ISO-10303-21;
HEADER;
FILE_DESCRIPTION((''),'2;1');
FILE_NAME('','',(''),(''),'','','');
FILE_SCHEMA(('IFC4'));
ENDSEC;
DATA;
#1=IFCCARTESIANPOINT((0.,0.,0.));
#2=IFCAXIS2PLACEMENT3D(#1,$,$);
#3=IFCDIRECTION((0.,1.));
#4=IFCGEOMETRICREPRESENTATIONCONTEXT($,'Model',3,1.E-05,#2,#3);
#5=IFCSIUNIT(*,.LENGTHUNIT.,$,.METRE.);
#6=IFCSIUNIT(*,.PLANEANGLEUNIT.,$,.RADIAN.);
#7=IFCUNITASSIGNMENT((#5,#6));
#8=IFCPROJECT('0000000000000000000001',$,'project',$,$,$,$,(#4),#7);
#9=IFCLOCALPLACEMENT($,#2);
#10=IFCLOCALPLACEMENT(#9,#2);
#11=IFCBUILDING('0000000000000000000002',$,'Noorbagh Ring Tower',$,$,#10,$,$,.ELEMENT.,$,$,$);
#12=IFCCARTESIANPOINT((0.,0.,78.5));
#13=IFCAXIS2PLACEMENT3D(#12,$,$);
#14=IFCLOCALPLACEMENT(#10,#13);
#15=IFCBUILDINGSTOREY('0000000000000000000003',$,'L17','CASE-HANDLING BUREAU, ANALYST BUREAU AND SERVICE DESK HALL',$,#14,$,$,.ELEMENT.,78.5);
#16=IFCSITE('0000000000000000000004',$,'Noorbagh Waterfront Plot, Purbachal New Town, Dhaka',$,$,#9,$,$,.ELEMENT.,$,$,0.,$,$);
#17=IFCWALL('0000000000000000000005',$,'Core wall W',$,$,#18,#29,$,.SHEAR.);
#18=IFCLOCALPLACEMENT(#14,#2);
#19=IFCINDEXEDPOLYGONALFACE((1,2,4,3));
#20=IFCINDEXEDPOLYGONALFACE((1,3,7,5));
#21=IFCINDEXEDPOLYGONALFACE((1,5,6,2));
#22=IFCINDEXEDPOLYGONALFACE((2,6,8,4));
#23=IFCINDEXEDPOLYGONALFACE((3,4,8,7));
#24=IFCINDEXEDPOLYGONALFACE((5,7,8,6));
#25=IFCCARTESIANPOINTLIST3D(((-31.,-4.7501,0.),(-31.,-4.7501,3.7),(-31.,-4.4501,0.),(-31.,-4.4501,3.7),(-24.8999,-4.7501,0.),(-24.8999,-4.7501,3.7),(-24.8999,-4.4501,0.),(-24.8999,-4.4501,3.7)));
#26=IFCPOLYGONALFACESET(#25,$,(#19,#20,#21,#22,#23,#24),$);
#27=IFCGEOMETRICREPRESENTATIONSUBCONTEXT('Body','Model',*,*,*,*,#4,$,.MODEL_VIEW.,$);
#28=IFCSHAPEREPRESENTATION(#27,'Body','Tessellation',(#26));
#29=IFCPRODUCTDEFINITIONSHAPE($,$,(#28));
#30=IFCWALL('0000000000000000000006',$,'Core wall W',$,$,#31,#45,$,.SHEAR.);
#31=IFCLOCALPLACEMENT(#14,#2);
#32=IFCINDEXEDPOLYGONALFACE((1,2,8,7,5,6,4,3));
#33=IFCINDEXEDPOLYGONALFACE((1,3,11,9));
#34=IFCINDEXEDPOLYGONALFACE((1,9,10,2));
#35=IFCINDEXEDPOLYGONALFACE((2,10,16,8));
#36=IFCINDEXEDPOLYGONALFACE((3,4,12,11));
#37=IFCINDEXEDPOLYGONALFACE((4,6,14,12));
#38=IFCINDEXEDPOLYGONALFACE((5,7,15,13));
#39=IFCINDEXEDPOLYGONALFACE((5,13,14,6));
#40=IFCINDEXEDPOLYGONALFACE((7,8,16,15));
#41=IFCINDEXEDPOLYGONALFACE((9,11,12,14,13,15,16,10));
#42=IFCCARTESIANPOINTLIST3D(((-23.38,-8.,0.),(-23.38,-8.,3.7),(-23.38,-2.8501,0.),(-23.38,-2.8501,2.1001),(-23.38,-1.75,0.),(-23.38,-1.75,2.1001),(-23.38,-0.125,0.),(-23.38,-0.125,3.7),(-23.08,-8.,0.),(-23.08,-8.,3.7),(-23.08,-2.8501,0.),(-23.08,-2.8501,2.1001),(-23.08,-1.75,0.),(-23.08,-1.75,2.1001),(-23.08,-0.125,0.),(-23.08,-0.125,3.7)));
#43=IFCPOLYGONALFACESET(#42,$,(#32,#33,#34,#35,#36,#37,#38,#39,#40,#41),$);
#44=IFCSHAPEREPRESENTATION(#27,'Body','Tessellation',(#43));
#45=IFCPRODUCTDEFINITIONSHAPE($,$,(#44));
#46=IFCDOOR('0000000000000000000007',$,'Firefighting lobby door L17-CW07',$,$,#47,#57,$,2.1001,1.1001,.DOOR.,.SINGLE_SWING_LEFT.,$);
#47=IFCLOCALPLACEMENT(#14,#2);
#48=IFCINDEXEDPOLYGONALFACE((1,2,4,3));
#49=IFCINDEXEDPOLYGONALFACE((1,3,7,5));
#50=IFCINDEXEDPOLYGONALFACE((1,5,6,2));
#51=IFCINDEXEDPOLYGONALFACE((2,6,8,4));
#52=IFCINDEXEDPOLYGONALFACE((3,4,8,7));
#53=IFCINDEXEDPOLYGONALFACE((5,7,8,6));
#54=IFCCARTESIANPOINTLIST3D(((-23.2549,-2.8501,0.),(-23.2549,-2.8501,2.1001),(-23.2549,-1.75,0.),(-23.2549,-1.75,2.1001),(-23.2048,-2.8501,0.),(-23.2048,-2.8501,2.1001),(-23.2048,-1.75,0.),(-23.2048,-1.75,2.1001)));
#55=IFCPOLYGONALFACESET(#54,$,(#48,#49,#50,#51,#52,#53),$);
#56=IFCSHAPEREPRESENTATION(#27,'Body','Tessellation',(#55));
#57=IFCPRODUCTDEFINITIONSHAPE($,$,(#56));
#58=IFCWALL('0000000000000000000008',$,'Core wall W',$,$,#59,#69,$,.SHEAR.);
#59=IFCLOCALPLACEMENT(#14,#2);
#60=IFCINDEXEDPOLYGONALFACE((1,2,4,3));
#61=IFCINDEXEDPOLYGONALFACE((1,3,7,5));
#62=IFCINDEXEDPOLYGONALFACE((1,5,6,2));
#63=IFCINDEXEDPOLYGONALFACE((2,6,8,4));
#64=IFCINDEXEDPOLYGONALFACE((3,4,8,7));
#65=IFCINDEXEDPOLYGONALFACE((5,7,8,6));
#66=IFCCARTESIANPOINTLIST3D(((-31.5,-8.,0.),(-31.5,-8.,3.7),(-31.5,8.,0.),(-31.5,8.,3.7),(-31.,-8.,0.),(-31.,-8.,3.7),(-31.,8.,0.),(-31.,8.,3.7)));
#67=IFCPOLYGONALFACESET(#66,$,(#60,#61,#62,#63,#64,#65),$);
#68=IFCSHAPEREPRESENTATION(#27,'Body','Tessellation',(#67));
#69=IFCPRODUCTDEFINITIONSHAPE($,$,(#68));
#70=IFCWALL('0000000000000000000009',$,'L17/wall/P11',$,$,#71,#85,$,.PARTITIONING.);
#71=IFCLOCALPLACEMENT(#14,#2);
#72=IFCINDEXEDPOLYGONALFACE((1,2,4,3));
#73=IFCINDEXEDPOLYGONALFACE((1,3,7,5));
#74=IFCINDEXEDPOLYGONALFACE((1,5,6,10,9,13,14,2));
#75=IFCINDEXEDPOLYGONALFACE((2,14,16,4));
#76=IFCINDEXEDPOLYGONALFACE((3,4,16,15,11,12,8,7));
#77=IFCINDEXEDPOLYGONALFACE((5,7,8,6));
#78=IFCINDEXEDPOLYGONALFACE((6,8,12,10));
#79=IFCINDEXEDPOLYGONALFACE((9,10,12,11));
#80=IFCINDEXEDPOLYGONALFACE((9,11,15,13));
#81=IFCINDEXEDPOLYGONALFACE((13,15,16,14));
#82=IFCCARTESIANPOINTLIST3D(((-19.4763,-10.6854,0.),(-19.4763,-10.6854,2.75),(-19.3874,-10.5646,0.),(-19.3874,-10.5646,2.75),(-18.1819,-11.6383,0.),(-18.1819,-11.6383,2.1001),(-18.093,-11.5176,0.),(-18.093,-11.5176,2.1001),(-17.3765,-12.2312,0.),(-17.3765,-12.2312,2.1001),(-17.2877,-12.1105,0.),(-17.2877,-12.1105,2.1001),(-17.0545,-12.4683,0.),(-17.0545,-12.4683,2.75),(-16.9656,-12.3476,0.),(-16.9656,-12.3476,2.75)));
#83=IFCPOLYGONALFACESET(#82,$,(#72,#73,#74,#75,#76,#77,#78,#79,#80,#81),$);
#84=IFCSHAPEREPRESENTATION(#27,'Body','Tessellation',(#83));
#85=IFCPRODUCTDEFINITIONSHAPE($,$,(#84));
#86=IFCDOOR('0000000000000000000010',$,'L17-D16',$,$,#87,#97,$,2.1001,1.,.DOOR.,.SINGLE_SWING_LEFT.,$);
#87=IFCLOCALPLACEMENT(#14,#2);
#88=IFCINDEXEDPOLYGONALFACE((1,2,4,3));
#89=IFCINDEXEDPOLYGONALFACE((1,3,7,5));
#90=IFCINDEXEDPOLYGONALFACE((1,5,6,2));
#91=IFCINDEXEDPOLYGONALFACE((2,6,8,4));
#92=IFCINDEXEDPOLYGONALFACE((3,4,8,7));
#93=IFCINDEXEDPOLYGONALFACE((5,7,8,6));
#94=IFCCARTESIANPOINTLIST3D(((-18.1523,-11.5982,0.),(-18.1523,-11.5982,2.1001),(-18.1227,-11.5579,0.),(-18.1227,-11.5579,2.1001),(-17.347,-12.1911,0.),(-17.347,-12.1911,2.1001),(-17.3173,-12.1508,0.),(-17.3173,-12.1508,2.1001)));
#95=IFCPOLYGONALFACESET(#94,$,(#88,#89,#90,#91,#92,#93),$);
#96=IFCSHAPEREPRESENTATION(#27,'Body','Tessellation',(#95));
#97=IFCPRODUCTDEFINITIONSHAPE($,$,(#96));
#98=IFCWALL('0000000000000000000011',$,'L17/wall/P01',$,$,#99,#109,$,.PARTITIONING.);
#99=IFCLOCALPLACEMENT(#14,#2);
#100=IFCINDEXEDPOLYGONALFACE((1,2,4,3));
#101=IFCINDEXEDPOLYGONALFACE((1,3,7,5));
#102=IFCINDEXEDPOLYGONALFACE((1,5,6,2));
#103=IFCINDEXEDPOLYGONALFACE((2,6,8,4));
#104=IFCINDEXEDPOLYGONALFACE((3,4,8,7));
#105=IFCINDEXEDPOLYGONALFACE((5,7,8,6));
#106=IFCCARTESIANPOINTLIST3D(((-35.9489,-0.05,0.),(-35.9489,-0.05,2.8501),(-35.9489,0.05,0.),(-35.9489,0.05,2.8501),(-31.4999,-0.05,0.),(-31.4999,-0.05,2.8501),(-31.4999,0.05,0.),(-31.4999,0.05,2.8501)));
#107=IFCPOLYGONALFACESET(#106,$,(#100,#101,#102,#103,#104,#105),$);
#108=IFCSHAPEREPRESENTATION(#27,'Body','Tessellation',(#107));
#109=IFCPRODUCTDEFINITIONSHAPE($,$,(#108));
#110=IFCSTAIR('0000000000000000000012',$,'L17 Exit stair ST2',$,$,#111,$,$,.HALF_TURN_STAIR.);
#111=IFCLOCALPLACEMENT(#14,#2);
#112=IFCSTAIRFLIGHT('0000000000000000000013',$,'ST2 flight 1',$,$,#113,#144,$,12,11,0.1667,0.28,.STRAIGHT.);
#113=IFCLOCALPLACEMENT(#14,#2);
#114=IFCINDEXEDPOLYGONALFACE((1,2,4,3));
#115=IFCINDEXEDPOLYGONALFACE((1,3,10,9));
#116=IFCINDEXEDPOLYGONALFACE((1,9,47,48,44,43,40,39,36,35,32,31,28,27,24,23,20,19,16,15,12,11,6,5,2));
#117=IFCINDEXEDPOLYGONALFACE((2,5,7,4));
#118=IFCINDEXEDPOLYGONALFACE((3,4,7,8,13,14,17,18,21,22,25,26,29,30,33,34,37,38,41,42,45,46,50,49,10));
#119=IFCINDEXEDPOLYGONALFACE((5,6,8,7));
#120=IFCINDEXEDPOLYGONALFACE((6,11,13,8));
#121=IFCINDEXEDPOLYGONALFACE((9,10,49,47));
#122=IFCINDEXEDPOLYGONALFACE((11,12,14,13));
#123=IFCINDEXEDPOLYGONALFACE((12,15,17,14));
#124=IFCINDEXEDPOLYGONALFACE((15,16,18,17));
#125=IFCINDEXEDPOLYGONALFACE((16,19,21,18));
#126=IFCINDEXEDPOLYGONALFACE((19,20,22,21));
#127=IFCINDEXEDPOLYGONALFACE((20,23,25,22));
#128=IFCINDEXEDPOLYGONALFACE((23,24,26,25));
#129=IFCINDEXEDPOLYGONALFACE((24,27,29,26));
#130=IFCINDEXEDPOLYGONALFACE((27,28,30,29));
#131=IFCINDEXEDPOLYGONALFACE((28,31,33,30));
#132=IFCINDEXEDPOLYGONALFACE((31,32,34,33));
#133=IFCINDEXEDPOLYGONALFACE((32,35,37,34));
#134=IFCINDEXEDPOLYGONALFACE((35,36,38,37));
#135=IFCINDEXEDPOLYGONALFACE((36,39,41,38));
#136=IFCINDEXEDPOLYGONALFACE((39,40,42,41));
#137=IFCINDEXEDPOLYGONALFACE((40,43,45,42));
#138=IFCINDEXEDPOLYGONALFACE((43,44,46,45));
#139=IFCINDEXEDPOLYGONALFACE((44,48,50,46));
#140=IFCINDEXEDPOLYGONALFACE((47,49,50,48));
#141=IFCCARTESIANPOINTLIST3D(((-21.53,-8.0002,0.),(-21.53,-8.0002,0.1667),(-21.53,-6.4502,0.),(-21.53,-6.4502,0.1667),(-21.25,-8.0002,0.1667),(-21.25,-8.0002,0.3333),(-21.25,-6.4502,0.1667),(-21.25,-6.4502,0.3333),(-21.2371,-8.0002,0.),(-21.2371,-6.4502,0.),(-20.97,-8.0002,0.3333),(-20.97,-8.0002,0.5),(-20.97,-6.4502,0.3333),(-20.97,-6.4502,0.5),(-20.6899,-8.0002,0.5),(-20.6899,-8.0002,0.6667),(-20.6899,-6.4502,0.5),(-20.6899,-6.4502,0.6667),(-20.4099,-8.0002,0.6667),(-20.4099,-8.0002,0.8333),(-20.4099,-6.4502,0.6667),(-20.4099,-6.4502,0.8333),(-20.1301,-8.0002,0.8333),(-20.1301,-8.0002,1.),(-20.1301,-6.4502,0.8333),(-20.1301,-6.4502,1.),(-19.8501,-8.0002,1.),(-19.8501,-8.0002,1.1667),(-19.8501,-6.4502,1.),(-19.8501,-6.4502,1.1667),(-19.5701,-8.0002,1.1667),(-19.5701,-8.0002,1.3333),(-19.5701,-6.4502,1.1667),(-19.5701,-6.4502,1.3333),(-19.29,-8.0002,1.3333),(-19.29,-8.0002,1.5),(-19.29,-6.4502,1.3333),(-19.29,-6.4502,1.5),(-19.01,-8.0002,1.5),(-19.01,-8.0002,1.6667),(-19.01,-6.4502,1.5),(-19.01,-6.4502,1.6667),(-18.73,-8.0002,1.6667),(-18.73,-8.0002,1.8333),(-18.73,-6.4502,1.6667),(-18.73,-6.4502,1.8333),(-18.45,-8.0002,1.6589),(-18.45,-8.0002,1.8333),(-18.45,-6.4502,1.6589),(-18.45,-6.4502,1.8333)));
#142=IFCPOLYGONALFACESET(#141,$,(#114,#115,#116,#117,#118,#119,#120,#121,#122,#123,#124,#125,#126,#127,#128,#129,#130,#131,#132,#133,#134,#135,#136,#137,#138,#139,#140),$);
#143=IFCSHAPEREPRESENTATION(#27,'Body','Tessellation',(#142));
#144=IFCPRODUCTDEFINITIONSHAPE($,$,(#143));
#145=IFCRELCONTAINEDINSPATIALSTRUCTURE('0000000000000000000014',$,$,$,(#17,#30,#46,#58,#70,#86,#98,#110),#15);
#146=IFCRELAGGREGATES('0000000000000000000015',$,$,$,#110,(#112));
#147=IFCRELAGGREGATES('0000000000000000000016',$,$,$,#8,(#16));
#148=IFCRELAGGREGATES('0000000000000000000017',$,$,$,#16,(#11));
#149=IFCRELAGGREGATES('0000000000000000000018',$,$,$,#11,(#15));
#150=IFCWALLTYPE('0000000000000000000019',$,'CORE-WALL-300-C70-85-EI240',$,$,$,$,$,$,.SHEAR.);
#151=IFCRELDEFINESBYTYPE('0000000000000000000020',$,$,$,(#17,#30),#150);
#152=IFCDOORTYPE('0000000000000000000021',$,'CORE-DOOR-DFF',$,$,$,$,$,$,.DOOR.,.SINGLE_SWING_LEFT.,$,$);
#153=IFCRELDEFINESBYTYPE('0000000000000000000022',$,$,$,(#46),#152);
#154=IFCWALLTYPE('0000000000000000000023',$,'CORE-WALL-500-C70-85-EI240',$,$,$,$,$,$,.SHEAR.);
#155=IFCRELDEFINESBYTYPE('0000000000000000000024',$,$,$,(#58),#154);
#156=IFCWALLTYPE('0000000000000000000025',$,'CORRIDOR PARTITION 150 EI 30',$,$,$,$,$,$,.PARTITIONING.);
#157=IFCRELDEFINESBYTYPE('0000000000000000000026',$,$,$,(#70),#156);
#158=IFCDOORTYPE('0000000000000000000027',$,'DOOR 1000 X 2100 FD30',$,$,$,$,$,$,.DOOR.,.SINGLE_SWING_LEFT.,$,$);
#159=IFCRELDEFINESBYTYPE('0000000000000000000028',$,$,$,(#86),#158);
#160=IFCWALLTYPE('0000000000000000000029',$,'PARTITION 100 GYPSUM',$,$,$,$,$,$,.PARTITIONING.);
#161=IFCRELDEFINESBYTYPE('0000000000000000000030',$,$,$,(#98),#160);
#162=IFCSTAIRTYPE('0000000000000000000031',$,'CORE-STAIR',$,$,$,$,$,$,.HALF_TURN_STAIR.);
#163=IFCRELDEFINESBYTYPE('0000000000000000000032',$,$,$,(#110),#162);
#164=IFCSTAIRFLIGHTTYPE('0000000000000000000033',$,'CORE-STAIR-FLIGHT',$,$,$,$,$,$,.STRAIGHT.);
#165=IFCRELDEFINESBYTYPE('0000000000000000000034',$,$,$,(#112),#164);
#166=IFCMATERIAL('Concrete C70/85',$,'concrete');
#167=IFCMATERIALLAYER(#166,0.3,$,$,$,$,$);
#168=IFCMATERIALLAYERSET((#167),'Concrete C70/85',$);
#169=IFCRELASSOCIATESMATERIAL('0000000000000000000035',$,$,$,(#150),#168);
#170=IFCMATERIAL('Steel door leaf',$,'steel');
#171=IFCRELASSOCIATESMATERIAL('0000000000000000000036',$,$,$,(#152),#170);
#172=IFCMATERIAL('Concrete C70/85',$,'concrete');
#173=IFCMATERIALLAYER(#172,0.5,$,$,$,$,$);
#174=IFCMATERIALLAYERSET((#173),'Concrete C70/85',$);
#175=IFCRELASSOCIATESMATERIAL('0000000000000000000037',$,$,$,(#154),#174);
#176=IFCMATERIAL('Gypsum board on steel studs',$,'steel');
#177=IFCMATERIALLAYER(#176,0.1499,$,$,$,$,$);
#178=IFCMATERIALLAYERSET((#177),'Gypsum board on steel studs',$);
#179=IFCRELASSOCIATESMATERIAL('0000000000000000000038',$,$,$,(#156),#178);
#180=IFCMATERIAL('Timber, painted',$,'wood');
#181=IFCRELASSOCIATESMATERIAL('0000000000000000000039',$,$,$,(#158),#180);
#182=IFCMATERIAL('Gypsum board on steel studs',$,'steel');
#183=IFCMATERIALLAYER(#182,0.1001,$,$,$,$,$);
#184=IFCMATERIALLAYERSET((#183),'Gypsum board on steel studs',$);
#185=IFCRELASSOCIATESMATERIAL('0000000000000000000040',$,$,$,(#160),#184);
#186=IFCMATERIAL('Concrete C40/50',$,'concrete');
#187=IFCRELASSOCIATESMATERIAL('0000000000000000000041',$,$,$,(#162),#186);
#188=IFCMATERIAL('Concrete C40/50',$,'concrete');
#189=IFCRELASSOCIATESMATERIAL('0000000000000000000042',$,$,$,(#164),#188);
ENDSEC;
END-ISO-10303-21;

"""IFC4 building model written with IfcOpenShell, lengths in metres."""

from ifc_helpers import new_model, si_unit, direction, frame, frame_2d, origin, place, context, subcontext, project, spatial, polyline, rectangle, outline, extrude, material, layer, layer_set, type_object, element, fill, aggregate, save


model = new_model("IFC4")

# Units and contexts
model_context = context("Model", 3, precision=1e-05, world=origin(), true_north=direction((0.0, 1.0)))
body_context = subcontext(model_context, "Body", "Model", "MODEL_VIEW")
ifc_project = project(units=[si_unit("LENGTHUNIT", "METRE"), si_unit("PLANEANGLEUNIT", "RADIAN")], contexts=[model_context])

# Site, building, storey
site_placement = place(None, origin())
site = spatial("IfcSite", under=ifc_project, at=site_placement, Name="Noorbagh Waterfront Plot, Purbachal New Town, Dhaka", CompositionType="ELEMENT", RefElevation=0.0)
building_placement = place(site_placement, origin())
building = spatial("IfcBuilding", under=site, at=building_placement, Name="Noorbagh Ring Tower", CompositionType="ELEMENT")
storey_placement = place(building_placement, frame((0.0, 0.0, 78.5)))
storey = spatial("IfcBuildingStorey", under=building, at=storey_placement, Name="L17", Description="CASE-HANDLING BUREAU, ANALYST BUREAU AND SERVICE DESK HALL", CompositionType="ELEMENT", Elevation=78.5)

# Wall
ifc_material_1 = material(Name="Concrete C70/85", Category="concrete")
ifc_layer_1 = layer(ifc_material_1, 0.3)
ifc_layer_set_1 = layer_set([ifc_layer_1], Name="Concrete C70/85")
wall_type_1 = type_object("IfcWallType", Name="CORE-WALL-300-C70-85-EI240", PredefinedType="SHEAR", material=ifc_layer_set_1)
wall_1_placement = place(storey_placement, frame((-24.8999, -4.6001, 0.0), z_axis=(0.0, 0.0, 1.0), x_axis=(-1.0, 0.0, 0.0)))
element("IfcWall", 1, at=wall_1_placement, inside=storey, type_object=wall_type_1, Name="Core wall W", PredefinedType="SHEAR", context=body_context, shape_type="SweptSolid", body=[
    extrude(rectangle(XDim=6.1001, YDim=0.3, at=frame_2d((3.05, 0.0))), origin(), (0.0, 0.0, 1.0), 3.7),
])

# Wall, opening, door
wall_2_placement = place(storey_placement, frame((-23.23, -8.0, 0.0), z_axis=(0.0, 0.0, 1.0), x_axis=(0.0, 1.0, 0.0)))
wall_2 = element("IfcWall", 2, at=wall_2_placement, inside=storey, type_object=wall_type_1, Name="Core wall W", PredefinedType="SHEAR", context=body_context, shape_type="SweptSolid", body=[
    extrude(rectangle(XDim=7.875, YDim=0.3, at=frame_2d((3.9375, 0.0))), origin(), (0.0, 0.0, 1.0), 3.7),
])
opening_1_placement = place(wall_2_placement, frame((5.1499, 0.0, 0.0)))
opening_1 = element("IfcOpeningElement", 3, at=opening_1_placement, cuts=wall_2, PredefinedType="OPENING", context=body_context, shape_type="SweptSolid", body=[
    extrude(rectangle(XDim=1.1001, YDim=2.1001, at=frame_2d((0.55, 1.05))), frame((0.0, 0.1602, 0.0), z_axis=(0.0, -1.0, 0.0), x_axis=(1.0, 0.0, 0.0)), (0.0, 0.0, 1.0), 0.3201),
])
ifc_material_2 = material(Name="Steel door leaf", Category="steel")
door_type_1 = type_object("IfcDoorType", Name="CORE-DOOR-DFF", OperationType="SINGLE_SWING_LEFT", PredefinedType="DOOR", material=ifc_material_2)
door_1_placement = place(opening_1_placement, origin())
door_1 = element("IfcDoor", 4, at=door_1_placement, inside=storey, type_object=door_type_1, Name="Firefighting lobby door L17-CW07", OperationType="SINGLE_SWING_LEFT", OverallHeight=2.1001, OverallWidth=1.1001, PredefinedType="DOOR", context=body_context, shape_type="SweptSolid", body=[
    extrude(rectangle(XDim=1.1001, YDim=2.1001, at=frame_2d((0.55, 1.05))), frame((0.0, 0.0249, 0.0), z_axis=(0.0, -1.0, 0.0), x_axis=(1.0, 0.0, 0.0)), (0.0, 0.0, 1.0), 0.05),
])
fill(opening_1, door_1)

# Wall
ifc_material_3 = material(Name="Concrete C70/85", Category="concrete")
ifc_layer_2 = layer(ifc_material_3, 0.5)
ifc_layer_set_2 = layer_set([ifc_layer_2], Name="Concrete C70/85")
wall_type_2 = type_object("IfcWallType", Name="CORE-WALL-500-C70-85-EI240", PredefinedType="SHEAR", material=ifc_layer_set_2)
wall_3_placement = place(storey_placement, frame((-31.25, -8.0, 0.0), z_axis=(0.0, 0.0, 1.0), x_axis=(0.0, 1.0, 0.0)))
element("IfcWall", 5, at=wall_3_placement, inside=storey, type_object=wall_type_2, Name="Core wall W", PredefinedType="SHEAR", context=body_context, shape_type="SweptSolid", body=[
    extrude(rectangle(XDim=16.0, YDim=0.5, at=frame_2d((8.0, 0.0))), origin(), (0.0, 0.0, 1.0), 3.7),
])

# Wall, opening, door
ifc_material_4 = material(Name="Gypsum board on steel studs", Category="steel")
ifc_layer_3 = layer(ifc_material_4, 0.1499)
ifc_layer_set_3 = layer_set([ifc_layer_3], Name="Gypsum board on steel studs")
wall_type_3 = type_object("IfcWallType", Name="CORRIDOR PARTITION 150 EI 30", PredefinedType="PARTITIONING", material=ifc_layer_set_3)
wall_4_placement = place(storey_placement, frame((-19.4319, -10.625, 0.0), z_axis=(0.0, 0.0, 1.0), x_axis=(0.805307, -0.592858, 0.0)))
wall_4 = element("IfcWall", 6, at=wall_4_placement, inside=storey, type_object=wall_type_3, Name="L17/wall/P11", PredefinedType="PARTITIONING", context=body_context, shape_type="SweptSolid", body=[
    extrude(rectangle(XDim=3.0073, YDim=0.1499, at=frame_2d((1.5037, 0.0))), origin(), (0.0, 0.0, 1.0), 2.75),
])
opening_2_placement = place(wall_4_placement, frame((1.6074, 0.0, 0.0)))
opening_2 = element("IfcOpeningElement", 7, at=opening_2_placement, cuts=wall_4, PredefinedType="OPENING", context=body_context, shape_type="SweptSolid", body=[
    extrude(rectangle(XDim=1.0, YDim=2.1001, at=frame_2d((0.5, 1.05))), frame((0.0, 0.085, 0.0), z_axis=(0.0, -1.0, 0.0), x_axis=(1.0, 0.0, 0.0)), (0.0, 0.0, 1.0), 0.1699),
])
ifc_material_5 = material(Name="Timber, painted", Category="wood")
door_type_2 = type_object("IfcDoorType", Name="DOOR 1000 X 2100 FD30", OperationType="SINGLE_SWING_LEFT", PredefinedType="DOOR", material=ifc_material_5)
door_2_placement = place(opening_2_placement, origin())
door_2 = element("IfcDoor", 8, at=door_2_placement, inside=storey, type_object=door_type_2, Name="L17-D16", OperationType="SINGLE_SWING_LEFT", OverallHeight=2.1001, OverallWidth=1.0, PredefinedType="DOOR", context=body_context, shape_type="SweptSolid", body=[
    extrude(rectangle(XDim=1.0, YDim=2.1001, at=frame_2d((0.5, 1.05))), frame((0.0, 0.0249, 0.0), z_axis=(0.0, -1.0, 0.0), x_axis=(1.0, 0.0, 0.0)), (0.0, 0.0, 1.0), 0.05),
])
fill(opening_2, door_2)

# Wall
ifc_material_6 = material(Name="Gypsum board on steel studs", Category="steel")
ifc_layer_4 = layer(ifc_material_6, 0.1001)
ifc_layer_set_4 = layer_set([ifc_layer_4], Name="Gypsum board on steel studs")
wall_type_4 = type_object("IfcWallType", Name="PARTITION 100 GYPSUM", PredefinedType="PARTITIONING", material=ifc_layer_set_4)
wall_5_placement = place(storey_placement, frame((-35.949, 0.0, 0.0), z_axis=(0.0, 0.0, 1.0), x_axis=(1.0, 0.0, 0.0)))
element("IfcWall", 9, at=wall_5_placement, inside=storey, type_object=wall_type_4, Name="L17/wall/P01", PredefinedType="PARTITIONING", context=body_context, shape_type="SweptSolid", body=[
    extrude(rectangle(XDim=4.449, YDim=0.1001, at=frame_2d((2.2246, 0.0))), origin(), (0.0, 0.0, 1.0), 2.8501),
])

# Stair, stair flight
ifc_material_7 = material(Name="Concrete C40/50", Category="concrete")
stair_type = type_object("IfcStairType", Name="CORE-STAIR", PredefinedType="HALF_TURN_STAIR", material=ifc_material_7)
stair_placement = place(storey_placement, origin())
stair = element("IfcStair", 10, at=stair_placement, inside=storey, type_object=stair_type, Name="L17 Exit stair ST2", PredefinedType="HALF_TURN_STAIR")
ifc_material_8 = material(Name="Concrete C40/50", Category="concrete")
stair_flight_type = type_object("IfcStairFlightType", Name="CORE-STAIR-FLIGHT", PredefinedType="STRAIGHT", material=ifc_material_8)
stair_flight_1_placement = place(storey_placement, frame((-21.53, -7.2251, 0.0), z_axis=(0.0, 0.0, 1.0), x_axis=(1.0, 0.0, 0.0)))
stair_flight_1 = element("IfcStairFlight", 11, at=stair_flight_1_placement, type_object=stair_flight_type, Name="ST2 flight 1", NumberOfRisers=12, NumberOfTreads=11, PredefinedType="STRAIGHT", RiserHeight=0.1667, TreadLength=0.28, context=body_context, shape_type="SweptSolid", body=[
    extrude(outline(polyline([(0.0, 0.0), (0.0, 0.1667), (0.28, 0.1667), (0.28, 0.3333), (0.5601, 0.3333), (0.5601, 0.5), (0.8401, 0.5), (0.8401, 0.6667), (1.1201, 0.6667), (1.1201, 0.8333), (1.3999, 0.8333), (1.3999, 1.0), (1.6799, 1.0), (1.6799, 1.1667), (1.96, 1.1667), (1.96, 1.3333), (2.24, 1.3333), (2.24, 1.5), (2.52, 1.5), (2.52, 1.6667), (2.8, 1.6667), (2.8, 1.8333), (3.0801, 1.8333), (3.0801, 2.0), (3.0801, 1.6589), (0.293, 0.0), (0.0, 0.0)])), frame((0.0, 0.7749, 0.0), z_axis=(0.0, -1.0, 0.0), x_axis=(1.0, 0.0, 0.0)), (0.0, 0.0, 1.0), 1.55),
])
aggregate(stair, [stair_flight_1])

save(model, "model.ifc")
